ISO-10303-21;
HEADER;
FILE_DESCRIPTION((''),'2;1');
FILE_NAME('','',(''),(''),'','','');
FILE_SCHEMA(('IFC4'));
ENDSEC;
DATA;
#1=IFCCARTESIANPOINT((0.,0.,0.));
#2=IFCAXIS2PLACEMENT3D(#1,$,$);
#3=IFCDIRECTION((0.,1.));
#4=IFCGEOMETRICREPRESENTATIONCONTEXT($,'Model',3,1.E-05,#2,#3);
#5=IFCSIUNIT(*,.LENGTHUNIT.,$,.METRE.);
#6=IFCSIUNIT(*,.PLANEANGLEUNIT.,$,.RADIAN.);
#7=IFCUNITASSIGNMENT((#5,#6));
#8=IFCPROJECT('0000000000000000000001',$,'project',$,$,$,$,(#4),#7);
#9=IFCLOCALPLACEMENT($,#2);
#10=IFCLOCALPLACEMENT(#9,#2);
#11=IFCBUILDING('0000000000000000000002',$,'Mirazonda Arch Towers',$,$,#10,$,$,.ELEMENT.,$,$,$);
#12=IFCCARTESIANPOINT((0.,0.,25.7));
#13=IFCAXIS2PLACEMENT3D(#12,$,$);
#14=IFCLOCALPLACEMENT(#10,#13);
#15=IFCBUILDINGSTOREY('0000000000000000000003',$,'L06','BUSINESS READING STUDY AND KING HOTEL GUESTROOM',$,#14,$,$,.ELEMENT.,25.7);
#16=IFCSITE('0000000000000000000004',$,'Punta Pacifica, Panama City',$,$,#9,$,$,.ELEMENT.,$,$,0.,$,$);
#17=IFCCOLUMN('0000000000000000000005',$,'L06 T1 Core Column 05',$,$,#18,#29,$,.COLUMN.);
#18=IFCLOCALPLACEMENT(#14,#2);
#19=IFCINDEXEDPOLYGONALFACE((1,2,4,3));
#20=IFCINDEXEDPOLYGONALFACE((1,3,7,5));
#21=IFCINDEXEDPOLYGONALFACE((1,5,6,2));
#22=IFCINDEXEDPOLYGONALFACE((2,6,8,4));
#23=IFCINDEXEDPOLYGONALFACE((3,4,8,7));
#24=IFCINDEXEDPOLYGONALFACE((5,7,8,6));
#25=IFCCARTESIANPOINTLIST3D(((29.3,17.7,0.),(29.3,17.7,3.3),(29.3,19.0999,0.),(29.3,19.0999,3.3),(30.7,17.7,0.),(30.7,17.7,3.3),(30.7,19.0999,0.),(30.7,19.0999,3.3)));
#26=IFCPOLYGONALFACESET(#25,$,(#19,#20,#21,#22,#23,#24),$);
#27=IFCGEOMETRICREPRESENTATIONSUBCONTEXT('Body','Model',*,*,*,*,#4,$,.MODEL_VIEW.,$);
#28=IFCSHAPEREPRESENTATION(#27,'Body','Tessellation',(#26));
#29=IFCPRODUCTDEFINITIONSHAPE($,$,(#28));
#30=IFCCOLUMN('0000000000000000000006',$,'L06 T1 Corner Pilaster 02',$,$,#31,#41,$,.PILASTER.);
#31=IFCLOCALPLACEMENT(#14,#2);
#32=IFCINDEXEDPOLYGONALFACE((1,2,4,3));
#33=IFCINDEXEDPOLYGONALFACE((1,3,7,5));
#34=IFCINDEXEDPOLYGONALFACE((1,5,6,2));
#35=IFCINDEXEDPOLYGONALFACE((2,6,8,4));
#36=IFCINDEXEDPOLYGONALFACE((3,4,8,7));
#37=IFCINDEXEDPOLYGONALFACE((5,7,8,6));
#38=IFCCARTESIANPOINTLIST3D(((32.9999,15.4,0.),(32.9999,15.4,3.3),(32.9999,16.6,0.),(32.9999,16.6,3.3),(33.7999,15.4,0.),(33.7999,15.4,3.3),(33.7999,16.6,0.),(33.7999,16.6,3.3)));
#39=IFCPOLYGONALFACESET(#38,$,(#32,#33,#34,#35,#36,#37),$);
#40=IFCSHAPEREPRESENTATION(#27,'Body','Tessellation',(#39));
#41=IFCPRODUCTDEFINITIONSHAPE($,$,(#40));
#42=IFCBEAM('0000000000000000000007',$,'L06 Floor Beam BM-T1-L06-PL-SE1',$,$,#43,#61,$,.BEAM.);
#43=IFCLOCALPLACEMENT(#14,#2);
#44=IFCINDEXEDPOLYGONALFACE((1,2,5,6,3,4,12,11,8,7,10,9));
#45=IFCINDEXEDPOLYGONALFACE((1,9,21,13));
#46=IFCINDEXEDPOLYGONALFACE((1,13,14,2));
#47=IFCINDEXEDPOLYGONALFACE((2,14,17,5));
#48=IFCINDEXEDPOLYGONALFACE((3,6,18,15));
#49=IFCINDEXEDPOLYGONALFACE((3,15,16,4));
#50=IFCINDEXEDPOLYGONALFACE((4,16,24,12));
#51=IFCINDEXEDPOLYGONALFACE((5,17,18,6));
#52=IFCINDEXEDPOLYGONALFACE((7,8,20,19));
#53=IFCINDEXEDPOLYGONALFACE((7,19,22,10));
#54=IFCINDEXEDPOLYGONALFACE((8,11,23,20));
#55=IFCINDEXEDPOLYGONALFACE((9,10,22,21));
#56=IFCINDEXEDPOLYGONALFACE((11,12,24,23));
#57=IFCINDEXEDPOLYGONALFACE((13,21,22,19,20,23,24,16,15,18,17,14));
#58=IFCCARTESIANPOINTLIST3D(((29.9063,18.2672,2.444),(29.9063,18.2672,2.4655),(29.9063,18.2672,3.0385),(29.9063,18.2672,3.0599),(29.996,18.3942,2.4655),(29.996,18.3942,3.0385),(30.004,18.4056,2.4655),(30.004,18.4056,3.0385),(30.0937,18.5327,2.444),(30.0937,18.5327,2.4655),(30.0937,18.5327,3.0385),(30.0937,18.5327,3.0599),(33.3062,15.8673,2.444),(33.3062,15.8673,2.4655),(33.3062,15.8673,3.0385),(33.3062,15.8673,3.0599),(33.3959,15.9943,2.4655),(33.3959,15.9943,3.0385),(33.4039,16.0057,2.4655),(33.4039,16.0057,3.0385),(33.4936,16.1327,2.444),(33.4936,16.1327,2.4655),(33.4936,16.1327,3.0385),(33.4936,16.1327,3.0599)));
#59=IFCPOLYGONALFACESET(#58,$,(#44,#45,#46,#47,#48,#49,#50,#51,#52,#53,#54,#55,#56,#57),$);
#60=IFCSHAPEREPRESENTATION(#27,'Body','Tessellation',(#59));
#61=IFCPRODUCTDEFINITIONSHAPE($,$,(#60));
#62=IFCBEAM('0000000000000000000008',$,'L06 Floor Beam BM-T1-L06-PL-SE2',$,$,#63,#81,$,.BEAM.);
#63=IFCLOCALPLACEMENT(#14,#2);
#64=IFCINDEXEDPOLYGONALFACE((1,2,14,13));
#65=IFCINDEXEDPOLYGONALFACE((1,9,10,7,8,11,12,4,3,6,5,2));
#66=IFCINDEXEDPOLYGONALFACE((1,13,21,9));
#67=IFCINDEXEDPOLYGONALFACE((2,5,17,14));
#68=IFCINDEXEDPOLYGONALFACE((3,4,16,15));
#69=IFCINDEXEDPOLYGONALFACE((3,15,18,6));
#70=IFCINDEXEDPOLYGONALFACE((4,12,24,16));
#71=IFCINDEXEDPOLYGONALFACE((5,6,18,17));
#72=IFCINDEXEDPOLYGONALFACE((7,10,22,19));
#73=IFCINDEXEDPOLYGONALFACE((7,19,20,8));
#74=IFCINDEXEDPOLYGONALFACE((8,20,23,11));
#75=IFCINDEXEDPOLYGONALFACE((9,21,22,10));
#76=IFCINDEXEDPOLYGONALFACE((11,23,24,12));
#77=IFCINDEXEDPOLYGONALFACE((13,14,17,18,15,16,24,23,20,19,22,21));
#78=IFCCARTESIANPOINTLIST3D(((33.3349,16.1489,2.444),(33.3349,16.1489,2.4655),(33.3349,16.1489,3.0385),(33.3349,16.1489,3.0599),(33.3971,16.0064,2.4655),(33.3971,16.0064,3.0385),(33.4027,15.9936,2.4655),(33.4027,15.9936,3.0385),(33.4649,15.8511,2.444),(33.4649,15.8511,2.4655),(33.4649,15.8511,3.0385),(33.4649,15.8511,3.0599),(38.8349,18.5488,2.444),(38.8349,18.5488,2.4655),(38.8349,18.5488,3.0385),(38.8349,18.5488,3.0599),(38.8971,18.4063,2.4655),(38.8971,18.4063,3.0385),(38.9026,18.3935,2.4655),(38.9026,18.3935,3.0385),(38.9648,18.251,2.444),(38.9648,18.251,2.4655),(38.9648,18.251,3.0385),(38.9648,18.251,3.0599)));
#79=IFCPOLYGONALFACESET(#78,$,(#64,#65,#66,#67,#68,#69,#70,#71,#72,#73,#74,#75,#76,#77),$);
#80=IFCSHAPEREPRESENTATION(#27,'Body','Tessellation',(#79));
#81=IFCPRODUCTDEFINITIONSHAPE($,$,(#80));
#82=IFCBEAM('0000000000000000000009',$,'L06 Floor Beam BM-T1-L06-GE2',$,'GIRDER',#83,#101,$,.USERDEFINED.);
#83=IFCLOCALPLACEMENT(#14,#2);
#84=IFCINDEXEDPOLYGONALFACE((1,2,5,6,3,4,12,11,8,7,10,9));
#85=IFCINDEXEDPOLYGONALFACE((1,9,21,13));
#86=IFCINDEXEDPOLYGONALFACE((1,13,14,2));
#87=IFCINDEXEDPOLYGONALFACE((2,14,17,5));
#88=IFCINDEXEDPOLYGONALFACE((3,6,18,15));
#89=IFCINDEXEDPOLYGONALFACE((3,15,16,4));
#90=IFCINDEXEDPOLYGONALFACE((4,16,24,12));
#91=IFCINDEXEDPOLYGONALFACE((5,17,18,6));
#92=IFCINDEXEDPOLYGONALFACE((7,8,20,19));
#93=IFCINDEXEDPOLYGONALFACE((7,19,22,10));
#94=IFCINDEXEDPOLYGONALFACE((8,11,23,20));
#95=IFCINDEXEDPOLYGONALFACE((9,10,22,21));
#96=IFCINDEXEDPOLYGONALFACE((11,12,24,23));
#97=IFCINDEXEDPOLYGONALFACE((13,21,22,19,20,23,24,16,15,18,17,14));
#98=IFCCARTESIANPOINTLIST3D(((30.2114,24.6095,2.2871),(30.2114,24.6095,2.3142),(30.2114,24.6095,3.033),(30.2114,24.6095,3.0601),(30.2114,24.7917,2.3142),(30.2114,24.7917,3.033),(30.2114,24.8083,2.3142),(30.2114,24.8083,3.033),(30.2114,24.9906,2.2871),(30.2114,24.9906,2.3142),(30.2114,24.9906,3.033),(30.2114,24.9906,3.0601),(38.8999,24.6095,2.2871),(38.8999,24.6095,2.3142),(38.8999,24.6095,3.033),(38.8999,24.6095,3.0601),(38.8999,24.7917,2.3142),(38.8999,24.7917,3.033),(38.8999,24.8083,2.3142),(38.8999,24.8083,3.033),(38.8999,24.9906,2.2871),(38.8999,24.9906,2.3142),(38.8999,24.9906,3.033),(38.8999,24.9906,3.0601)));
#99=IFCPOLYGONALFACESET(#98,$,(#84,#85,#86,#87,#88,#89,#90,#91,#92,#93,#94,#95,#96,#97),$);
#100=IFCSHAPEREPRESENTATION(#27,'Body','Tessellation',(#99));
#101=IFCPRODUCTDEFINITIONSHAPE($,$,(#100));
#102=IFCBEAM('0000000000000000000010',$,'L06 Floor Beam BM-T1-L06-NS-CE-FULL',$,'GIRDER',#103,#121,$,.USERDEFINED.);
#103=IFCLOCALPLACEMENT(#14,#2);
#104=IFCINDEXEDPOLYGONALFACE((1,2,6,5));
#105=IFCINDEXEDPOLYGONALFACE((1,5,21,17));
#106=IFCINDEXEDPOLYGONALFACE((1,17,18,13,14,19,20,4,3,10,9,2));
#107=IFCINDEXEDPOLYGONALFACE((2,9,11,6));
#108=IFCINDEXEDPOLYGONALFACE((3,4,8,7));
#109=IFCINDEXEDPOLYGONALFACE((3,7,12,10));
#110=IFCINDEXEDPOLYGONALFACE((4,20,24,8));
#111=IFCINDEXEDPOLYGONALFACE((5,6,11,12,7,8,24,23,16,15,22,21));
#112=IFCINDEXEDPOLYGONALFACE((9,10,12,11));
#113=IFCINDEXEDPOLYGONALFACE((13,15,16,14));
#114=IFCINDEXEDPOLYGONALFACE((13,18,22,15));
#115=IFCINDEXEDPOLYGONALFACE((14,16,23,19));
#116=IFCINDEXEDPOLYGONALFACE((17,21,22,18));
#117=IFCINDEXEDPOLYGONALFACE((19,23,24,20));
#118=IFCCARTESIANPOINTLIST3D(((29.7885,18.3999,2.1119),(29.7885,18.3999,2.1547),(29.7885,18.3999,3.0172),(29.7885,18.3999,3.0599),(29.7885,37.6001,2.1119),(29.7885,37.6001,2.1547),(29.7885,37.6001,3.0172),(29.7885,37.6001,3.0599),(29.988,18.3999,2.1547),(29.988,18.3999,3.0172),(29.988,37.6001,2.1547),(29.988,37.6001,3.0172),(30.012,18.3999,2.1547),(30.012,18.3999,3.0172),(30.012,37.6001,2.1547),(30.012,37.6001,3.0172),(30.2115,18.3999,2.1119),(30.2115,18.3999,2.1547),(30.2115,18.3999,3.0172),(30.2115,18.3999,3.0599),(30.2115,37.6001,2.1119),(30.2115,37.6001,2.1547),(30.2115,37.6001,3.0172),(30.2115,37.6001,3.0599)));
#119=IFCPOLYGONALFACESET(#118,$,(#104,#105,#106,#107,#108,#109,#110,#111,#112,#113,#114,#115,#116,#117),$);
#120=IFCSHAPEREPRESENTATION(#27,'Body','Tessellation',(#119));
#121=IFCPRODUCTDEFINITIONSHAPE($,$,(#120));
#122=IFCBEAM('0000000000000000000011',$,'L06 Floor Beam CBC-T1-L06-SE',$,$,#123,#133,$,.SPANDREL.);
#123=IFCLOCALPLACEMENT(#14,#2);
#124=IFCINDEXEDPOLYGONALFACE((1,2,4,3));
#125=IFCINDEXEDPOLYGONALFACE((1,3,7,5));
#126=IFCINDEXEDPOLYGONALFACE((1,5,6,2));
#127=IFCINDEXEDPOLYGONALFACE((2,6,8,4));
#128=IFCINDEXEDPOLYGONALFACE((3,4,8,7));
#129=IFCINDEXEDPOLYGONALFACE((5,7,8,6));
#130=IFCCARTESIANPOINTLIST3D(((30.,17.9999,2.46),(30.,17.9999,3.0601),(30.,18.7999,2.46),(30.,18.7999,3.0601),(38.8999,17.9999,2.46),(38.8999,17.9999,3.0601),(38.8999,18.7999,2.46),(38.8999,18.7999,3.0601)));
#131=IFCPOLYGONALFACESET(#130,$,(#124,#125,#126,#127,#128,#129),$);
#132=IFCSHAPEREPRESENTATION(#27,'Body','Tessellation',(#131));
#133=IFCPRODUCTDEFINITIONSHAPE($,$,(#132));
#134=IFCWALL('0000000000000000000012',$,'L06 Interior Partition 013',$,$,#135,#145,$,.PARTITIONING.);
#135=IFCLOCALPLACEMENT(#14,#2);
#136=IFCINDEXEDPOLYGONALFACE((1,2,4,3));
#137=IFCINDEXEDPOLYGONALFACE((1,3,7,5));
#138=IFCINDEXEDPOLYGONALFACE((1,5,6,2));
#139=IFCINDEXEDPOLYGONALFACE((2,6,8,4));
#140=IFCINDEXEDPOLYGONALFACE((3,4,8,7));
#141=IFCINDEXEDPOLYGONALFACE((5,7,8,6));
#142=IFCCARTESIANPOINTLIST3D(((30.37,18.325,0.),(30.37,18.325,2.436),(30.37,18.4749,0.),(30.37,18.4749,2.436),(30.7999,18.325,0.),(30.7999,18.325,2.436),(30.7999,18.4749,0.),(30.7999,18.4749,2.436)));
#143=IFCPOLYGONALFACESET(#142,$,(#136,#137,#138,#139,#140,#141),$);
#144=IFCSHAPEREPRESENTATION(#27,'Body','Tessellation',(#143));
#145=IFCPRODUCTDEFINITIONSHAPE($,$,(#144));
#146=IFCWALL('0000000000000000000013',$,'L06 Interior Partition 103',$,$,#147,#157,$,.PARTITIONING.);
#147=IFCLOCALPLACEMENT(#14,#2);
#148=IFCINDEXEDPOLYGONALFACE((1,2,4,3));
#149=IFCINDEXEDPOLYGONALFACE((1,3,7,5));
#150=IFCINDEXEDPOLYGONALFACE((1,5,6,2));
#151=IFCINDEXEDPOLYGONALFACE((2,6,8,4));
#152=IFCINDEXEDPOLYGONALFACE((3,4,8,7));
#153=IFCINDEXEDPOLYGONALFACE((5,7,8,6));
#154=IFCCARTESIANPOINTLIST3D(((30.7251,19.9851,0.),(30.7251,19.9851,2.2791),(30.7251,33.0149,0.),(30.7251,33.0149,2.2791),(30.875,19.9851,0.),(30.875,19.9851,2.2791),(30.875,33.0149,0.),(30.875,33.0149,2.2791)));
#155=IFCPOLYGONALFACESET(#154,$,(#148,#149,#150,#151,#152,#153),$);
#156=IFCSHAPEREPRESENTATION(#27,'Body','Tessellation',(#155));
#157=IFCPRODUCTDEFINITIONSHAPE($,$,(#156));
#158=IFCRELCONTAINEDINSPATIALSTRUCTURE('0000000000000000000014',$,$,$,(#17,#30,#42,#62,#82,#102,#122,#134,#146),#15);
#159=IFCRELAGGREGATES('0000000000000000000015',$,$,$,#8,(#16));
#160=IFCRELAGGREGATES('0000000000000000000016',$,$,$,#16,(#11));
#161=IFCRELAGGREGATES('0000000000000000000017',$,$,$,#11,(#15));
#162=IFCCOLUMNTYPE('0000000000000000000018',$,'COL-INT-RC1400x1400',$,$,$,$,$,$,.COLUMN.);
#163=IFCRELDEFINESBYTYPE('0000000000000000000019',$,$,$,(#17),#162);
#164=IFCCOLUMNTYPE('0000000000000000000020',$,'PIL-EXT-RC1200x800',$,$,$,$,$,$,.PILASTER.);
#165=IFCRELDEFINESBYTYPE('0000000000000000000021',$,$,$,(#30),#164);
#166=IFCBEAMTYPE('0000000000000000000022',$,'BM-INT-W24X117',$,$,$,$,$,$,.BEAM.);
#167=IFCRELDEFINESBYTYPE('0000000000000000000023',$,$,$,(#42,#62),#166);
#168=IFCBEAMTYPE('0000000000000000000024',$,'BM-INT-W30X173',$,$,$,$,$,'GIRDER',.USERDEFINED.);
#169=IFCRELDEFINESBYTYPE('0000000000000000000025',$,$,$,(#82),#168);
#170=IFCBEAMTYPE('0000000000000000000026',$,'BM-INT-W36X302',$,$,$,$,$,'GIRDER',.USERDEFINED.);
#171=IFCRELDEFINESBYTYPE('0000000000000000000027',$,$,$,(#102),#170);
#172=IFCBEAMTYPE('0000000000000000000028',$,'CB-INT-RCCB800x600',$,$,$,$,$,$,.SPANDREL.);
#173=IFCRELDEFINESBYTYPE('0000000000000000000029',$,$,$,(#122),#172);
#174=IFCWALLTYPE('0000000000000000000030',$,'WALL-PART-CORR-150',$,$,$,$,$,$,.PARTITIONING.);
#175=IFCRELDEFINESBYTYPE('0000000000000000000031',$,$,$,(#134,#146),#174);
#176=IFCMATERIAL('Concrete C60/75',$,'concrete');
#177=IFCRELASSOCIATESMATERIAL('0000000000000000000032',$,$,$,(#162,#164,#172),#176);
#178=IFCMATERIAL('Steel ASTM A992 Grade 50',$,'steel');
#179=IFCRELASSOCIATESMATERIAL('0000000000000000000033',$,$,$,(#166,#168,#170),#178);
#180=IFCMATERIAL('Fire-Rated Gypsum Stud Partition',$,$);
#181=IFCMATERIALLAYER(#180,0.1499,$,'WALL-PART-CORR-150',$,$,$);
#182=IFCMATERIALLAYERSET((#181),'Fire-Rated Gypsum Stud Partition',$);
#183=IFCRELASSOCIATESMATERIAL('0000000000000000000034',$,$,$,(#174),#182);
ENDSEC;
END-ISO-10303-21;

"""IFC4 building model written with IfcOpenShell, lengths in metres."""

from ifc_helpers import new_model, si_unit, direction, frame, frame_2d, origin, origin_2d, place, context, subcontext, project, spatial, rectangle, i_section, extrude, material, layer, layer_set, material_profile, profile_set, type_object, element, save


model = new_model("IFC4")

# Units and contexts
model_context = context("Model", 3, precision=1e-05, world=origin(), true_north=direction((0.0, 1.0)))
body_context = subcontext(model_context, "Body", "Model", "MODEL_VIEW")
ifc_project = project(units=[si_unit("LENGTHUNIT", "METRE"), si_unit("PLANEANGLEUNIT", "RADIAN")], contexts=[model_context])

# Site, building, storey
site_placement = place(None, origin())
site = spatial("IfcSite", under=ifc_project, at=site_placement, Name="Punta Pacifica, Panama City", CompositionType="ELEMENT", RefElevation=0.0)
building_placement = place(site_placement, origin())
building = spatial("IfcBuilding", under=site, at=building_placement, Name="Mirazonda Arch Towers", CompositionType="ELEMENT")
storey_placement = place(building_placement, frame((0.0, 0.0, 25.7)))
storey = spatial("IfcBuildingStorey", under=building, at=storey_placement, Name="L06", Description="BUSINESS READING STUDY AND KING HOTEL GUESTROOM", CompositionType="ELEMENT", Elevation=25.7)

# Columns
ifc_material_1 = material(Name="Concrete C60/75", Category="concrete")
ifc_material_profile_1 = material_profile(ifc_material_1, rectangle(XDim=1.3999, YDim=1.3999, at=origin_2d()), Name="RC1400x1400")
ifc_profile_set_1 = profile_set([ifc_material_profile_1], Name="Concrete C60/75")
column_type_1 = type_object("IfcColumnType", Name="COL-INT-RC1400x1400", PredefinedType="COLUMN", material=ifc_profile_set_1)
column_1_placement = place(storey_placement, frame((30.0, 18.3999, 0.0), z_axis=(0.0, 0.0, 1.0), x_axis=(1.0, 0.0, 0.0)))
element("IfcColumn", 1, at=column_1_placement, inside=storey, type_object=column_type_1, Name="L06 T1 Core Column 05", PredefinedType="COLUMN", context=body_context, shape_type="SweptSolid", body=[
    extrude(rectangle(XDim=1.3999, YDim=1.3999, at=origin_2d()), origin(), (0.0, 0.0, 1.0), 3.3),
])
ifc_material_profile_2 = material_profile(ifc_material_1, rectangle(XDim=0.8, YDim=1.2, at=origin_2d()), Name="RC1200x800")
ifc_profile_set_2 = profile_set([ifc_material_profile_2], Name="Concrete C60/75")
column_type_2 = type_object("IfcColumnType", Name="PIL-EXT-RC1200x800", PredefinedType="PILASTER", material=ifc_profile_set_2)
column_2_placement = place(storey_placement, frame((33.3999, 16.0, 0.0), z_axis=(0.0, 0.0, 1.0), x_axis=(1.0, 0.0, 0.0)))
element("IfcColumn", 2, at=column_2_placement, inside=storey, type_object=column_type_2, Name="L06 T1 Corner Pilaster 02", PredefinedType="PILASTER", context=body_context, shape_type="SweptSolid", body=[
    extrude(rectangle(XDim=0.8, YDim=1.2, at=origin_2d()), origin(), (0.0, 0.0, 1.0), 3.3),
])

# Beams
ifc_material_2 = material(Name="Steel ASTM A992 Grade 50", Category="steel")
ifc_material_profile_3 = material_profile(ifc_material_2, i_section(OverallWidth=0.325, OverallDepth=0.616, WebThickness=0.0139, FlangeThickness=0.0215, at=origin_2d()), Name="W24X117")
ifc_profile_set_3 = profile_set([ifc_material_profile_3], Name="Steel ASTM A992 Grade 50")
beam_type_1 = type_object("IfcBeamType", Name="BM-INT-W24X117", PredefinedType="BEAM", material=ifc_profile_set_3)
beam_1_placement = place(storey_placement, frame((33.3999, 16.0, 2.752), z_axis=(-0.816971, 0.576679, 0.0), x_axis=(-0.576679, -0.816971, 0.0)))
element("IfcBeam", 3, at=beam_1_placement, inside=storey, type_object=beam_type_1, Name="L06 Floor Beam BM-T1-L06-PL-SE1", PredefinedType="BEAM", context=body_context, shape_type="SweptSolid", body=[
    extrude(i_section(OverallWidth=0.325, OverallDepth=0.616, WebThickness=0.0139, FlangeThickness=0.0215, at=origin_2d()), origin(), (0.0, 0.0, 1.0), 4.1616),
])
beam_2_placement = place(storey_placement, frame((33.3999, 16.0, 2.752), z_axis=(0.916545, 0.399931, 0.0), x_axis=(-0.399931, 0.916545, 0.0)))
element("IfcBeam", 4, at=beam_2_placement, inside=storey, type_object=beam_type_1, Name="L06 Floor Beam BM-T1-L06-PL-SE2", PredefinedType="BEAM", context=body_context, shape_type="SweptSolid", body=[
    extrude(i_section(OverallWidth=0.325, OverallDepth=0.616, WebThickness=0.0139, FlangeThickness=0.0215, at=origin_2d()), origin(), (0.0, 0.0, 1.0), 6.0007),
])
ifc_material_profile_4 = material_profile(ifc_material_2, i_section(OverallWidth=0.3811, OverallDepth=0.7729, WebThickness=0.0166, FlangeThickness=0.0271, at=origin_2d()), Name="W30X173")
ifc_profile_set_4 = profile_set([ifc_material_profile_4], Name="Steel ASTM A992 Grade 50")
beam_type_2 = type_object("IfcBeamType", Name="BM-INT-W30X173", ElementType="GIRDER", PredefinedType="USERDEFINED", material=ifc_profile_set_4)
beam_3_placement = place(storey_placement, frame((30.2114, 24.8, 2.6736), z_axis=(1.0, 0.0, 0.0), x_axis=(0.0, 1.0, 0.0)))
element("IfcBeam", 5, at=beam_3_placement, inside=storey, type_object=beam_type_2, Name="L06 Floor Beam BM-T1-L06-GE2", ObjectType="GIRDER", PredefinedType="USERDEFINED", context=body_context, shape_type="SweptSolid", body=[
    extrude(i_section(OverallWidth=0.3811, OverallDepth=0.7729, WebThickness=0.0166, FlangeThickness=0.0271, at=origin_2d()), origin(), (0.0, 0.0, 1.0), 8.6885),
])
ifc_material_profile_5 = material_profile(ifc_material_2, i_section(OverallWidth=0.4231, OverallDepth=0.948, WebThickness=0.0239, FlangeThickness=0.0427, at=origin_2d()), Name="W36X302")
ifc_profile_set_5 = profile_set([ifc_material_profile_5], Name="Steel ASTM A992 Grade 50")
beam_type_3 = type_object("IfcBeamType", Name="BM-INT-W36X302", ElementType="GIRDER", PredefinedType="USERDEFINED", material=ifc_profile_set_5)
beam_4_placement = place(storey_placement, frame((30.0, 18.3999, 2.5859), z_axis=(0.0, 1.0, 0.0), x_axis=(-1.0, 0.0, 0.0)))
element("IfcBeam", 6, at=beam_4_placement, inside=storey, type_object=beam_type_3, Name="L06 Floor Beam BM-T1-L06-NS-CE-FULL", ObjectType="GIRDER", PredefinedType="USERDEFINED", context=body_context, shape_type="SweptSolid", body=[
    extrude(i_section(OverallWidth=0.4231, OverallDepth=0.948, WebThickness=0.0239, FlangeThickness=0.0427, at=origin_2d()), origin(), (0.0, 0.0, 1.0), 19.2002),
])
ifc_material_profile_6 = material_profile(ifc_material_1, rectangle(XDim=0.8, YDim=0.6001, at=origin_2d()), Name="RCCB800x600")
ifc_profile_set_6 = profile_set([ifc_material_profile_6], Name="Concrete C60/75")
beam_type_4 = type_object("IfcBeamType", Name="CB-INT-RCCB800x600", PredefinedType="SPANDREL", material=ifc_profile_set_6)
beam_5_placement = place(storey_placement, frame((30.0, 18.3999, 2.76), z_axis=(1.0, 0.0, 0.0), x_axis=(0.0, 1.0, 0.0)))
element("IfcBeam", 7, at=beam_5_placement, inside=storey, type_object=beam_type_4, Name="L06 Floor Beam CBC-T1-L06-SE", PredefinedType="SPANDREL", context=body_context, shape_type="SweptSolid", body=[
    extrude(rectangle(XDim=0.8, YDim=0.6001, at=origin_2d()), origin(), (0.0, 0.0, 1.0), 8.8999),
])

# Walls
ifc_material_3 = material(Name="Fire-Rated Gypsum Stud Partition")
ifc_layer_1 = layer(ifc_material_3, 0.1499, Name="WALL-PART-CORR-150")
ifc_layer_set_1 = layer_set([ifc_layer_1], Name="Fire-Rated Gypsum Stud Partition")
wall_type_1 = type_object("IfcWallType", Name="WALL-PART-CORR-150", PredefinedType="PARTITIONING", material=ifc_layer_set_1)
wall_1_placement = place(storey_placement, frame((30.3701, 18.3999, 0.0), z_axis=(0.0, 0.0, 1.0), x_axis=(1.0, 0.0, 0.0)))
element("IfcWall", 8, at=wall_1_placement, inside=storey, type_object=wall_type_1, Name="L06 Interior Partition 013", PredefinedType="PARTITIONING", context=body_context, shape_type="SweptSolid", body=[
    extrude(rectangle(XDim=0.4299, YDim=0.1499, at=frame_2d((0.2148, 0.0))), origin(), (0.0, 0.0, 1.0), 2.436),
])
wall_2_placement = place(storey_placement, frame((30.8, 19.9851, 0.0), z_axis=(0.0, 0.0, 1.0), x_axis=(0.0, 1.0, 0.0)))
element("IfcWall", 9, at=wall_2_placement, inside=storey, type_object=wall_type_1, Name="L06 Interior Partition 103", PredefinedType="PARTITIONING", context=body_context, shape_type="SweptSolid", body=[
    extrude(rectangle(XDim=13.0298, YDim=0.1499, at=frame_2d((6.5149, 0.0))), origin(), (0.0, 0.0, 1.0), 2.2791),
])

save(model, "model.ifc")
